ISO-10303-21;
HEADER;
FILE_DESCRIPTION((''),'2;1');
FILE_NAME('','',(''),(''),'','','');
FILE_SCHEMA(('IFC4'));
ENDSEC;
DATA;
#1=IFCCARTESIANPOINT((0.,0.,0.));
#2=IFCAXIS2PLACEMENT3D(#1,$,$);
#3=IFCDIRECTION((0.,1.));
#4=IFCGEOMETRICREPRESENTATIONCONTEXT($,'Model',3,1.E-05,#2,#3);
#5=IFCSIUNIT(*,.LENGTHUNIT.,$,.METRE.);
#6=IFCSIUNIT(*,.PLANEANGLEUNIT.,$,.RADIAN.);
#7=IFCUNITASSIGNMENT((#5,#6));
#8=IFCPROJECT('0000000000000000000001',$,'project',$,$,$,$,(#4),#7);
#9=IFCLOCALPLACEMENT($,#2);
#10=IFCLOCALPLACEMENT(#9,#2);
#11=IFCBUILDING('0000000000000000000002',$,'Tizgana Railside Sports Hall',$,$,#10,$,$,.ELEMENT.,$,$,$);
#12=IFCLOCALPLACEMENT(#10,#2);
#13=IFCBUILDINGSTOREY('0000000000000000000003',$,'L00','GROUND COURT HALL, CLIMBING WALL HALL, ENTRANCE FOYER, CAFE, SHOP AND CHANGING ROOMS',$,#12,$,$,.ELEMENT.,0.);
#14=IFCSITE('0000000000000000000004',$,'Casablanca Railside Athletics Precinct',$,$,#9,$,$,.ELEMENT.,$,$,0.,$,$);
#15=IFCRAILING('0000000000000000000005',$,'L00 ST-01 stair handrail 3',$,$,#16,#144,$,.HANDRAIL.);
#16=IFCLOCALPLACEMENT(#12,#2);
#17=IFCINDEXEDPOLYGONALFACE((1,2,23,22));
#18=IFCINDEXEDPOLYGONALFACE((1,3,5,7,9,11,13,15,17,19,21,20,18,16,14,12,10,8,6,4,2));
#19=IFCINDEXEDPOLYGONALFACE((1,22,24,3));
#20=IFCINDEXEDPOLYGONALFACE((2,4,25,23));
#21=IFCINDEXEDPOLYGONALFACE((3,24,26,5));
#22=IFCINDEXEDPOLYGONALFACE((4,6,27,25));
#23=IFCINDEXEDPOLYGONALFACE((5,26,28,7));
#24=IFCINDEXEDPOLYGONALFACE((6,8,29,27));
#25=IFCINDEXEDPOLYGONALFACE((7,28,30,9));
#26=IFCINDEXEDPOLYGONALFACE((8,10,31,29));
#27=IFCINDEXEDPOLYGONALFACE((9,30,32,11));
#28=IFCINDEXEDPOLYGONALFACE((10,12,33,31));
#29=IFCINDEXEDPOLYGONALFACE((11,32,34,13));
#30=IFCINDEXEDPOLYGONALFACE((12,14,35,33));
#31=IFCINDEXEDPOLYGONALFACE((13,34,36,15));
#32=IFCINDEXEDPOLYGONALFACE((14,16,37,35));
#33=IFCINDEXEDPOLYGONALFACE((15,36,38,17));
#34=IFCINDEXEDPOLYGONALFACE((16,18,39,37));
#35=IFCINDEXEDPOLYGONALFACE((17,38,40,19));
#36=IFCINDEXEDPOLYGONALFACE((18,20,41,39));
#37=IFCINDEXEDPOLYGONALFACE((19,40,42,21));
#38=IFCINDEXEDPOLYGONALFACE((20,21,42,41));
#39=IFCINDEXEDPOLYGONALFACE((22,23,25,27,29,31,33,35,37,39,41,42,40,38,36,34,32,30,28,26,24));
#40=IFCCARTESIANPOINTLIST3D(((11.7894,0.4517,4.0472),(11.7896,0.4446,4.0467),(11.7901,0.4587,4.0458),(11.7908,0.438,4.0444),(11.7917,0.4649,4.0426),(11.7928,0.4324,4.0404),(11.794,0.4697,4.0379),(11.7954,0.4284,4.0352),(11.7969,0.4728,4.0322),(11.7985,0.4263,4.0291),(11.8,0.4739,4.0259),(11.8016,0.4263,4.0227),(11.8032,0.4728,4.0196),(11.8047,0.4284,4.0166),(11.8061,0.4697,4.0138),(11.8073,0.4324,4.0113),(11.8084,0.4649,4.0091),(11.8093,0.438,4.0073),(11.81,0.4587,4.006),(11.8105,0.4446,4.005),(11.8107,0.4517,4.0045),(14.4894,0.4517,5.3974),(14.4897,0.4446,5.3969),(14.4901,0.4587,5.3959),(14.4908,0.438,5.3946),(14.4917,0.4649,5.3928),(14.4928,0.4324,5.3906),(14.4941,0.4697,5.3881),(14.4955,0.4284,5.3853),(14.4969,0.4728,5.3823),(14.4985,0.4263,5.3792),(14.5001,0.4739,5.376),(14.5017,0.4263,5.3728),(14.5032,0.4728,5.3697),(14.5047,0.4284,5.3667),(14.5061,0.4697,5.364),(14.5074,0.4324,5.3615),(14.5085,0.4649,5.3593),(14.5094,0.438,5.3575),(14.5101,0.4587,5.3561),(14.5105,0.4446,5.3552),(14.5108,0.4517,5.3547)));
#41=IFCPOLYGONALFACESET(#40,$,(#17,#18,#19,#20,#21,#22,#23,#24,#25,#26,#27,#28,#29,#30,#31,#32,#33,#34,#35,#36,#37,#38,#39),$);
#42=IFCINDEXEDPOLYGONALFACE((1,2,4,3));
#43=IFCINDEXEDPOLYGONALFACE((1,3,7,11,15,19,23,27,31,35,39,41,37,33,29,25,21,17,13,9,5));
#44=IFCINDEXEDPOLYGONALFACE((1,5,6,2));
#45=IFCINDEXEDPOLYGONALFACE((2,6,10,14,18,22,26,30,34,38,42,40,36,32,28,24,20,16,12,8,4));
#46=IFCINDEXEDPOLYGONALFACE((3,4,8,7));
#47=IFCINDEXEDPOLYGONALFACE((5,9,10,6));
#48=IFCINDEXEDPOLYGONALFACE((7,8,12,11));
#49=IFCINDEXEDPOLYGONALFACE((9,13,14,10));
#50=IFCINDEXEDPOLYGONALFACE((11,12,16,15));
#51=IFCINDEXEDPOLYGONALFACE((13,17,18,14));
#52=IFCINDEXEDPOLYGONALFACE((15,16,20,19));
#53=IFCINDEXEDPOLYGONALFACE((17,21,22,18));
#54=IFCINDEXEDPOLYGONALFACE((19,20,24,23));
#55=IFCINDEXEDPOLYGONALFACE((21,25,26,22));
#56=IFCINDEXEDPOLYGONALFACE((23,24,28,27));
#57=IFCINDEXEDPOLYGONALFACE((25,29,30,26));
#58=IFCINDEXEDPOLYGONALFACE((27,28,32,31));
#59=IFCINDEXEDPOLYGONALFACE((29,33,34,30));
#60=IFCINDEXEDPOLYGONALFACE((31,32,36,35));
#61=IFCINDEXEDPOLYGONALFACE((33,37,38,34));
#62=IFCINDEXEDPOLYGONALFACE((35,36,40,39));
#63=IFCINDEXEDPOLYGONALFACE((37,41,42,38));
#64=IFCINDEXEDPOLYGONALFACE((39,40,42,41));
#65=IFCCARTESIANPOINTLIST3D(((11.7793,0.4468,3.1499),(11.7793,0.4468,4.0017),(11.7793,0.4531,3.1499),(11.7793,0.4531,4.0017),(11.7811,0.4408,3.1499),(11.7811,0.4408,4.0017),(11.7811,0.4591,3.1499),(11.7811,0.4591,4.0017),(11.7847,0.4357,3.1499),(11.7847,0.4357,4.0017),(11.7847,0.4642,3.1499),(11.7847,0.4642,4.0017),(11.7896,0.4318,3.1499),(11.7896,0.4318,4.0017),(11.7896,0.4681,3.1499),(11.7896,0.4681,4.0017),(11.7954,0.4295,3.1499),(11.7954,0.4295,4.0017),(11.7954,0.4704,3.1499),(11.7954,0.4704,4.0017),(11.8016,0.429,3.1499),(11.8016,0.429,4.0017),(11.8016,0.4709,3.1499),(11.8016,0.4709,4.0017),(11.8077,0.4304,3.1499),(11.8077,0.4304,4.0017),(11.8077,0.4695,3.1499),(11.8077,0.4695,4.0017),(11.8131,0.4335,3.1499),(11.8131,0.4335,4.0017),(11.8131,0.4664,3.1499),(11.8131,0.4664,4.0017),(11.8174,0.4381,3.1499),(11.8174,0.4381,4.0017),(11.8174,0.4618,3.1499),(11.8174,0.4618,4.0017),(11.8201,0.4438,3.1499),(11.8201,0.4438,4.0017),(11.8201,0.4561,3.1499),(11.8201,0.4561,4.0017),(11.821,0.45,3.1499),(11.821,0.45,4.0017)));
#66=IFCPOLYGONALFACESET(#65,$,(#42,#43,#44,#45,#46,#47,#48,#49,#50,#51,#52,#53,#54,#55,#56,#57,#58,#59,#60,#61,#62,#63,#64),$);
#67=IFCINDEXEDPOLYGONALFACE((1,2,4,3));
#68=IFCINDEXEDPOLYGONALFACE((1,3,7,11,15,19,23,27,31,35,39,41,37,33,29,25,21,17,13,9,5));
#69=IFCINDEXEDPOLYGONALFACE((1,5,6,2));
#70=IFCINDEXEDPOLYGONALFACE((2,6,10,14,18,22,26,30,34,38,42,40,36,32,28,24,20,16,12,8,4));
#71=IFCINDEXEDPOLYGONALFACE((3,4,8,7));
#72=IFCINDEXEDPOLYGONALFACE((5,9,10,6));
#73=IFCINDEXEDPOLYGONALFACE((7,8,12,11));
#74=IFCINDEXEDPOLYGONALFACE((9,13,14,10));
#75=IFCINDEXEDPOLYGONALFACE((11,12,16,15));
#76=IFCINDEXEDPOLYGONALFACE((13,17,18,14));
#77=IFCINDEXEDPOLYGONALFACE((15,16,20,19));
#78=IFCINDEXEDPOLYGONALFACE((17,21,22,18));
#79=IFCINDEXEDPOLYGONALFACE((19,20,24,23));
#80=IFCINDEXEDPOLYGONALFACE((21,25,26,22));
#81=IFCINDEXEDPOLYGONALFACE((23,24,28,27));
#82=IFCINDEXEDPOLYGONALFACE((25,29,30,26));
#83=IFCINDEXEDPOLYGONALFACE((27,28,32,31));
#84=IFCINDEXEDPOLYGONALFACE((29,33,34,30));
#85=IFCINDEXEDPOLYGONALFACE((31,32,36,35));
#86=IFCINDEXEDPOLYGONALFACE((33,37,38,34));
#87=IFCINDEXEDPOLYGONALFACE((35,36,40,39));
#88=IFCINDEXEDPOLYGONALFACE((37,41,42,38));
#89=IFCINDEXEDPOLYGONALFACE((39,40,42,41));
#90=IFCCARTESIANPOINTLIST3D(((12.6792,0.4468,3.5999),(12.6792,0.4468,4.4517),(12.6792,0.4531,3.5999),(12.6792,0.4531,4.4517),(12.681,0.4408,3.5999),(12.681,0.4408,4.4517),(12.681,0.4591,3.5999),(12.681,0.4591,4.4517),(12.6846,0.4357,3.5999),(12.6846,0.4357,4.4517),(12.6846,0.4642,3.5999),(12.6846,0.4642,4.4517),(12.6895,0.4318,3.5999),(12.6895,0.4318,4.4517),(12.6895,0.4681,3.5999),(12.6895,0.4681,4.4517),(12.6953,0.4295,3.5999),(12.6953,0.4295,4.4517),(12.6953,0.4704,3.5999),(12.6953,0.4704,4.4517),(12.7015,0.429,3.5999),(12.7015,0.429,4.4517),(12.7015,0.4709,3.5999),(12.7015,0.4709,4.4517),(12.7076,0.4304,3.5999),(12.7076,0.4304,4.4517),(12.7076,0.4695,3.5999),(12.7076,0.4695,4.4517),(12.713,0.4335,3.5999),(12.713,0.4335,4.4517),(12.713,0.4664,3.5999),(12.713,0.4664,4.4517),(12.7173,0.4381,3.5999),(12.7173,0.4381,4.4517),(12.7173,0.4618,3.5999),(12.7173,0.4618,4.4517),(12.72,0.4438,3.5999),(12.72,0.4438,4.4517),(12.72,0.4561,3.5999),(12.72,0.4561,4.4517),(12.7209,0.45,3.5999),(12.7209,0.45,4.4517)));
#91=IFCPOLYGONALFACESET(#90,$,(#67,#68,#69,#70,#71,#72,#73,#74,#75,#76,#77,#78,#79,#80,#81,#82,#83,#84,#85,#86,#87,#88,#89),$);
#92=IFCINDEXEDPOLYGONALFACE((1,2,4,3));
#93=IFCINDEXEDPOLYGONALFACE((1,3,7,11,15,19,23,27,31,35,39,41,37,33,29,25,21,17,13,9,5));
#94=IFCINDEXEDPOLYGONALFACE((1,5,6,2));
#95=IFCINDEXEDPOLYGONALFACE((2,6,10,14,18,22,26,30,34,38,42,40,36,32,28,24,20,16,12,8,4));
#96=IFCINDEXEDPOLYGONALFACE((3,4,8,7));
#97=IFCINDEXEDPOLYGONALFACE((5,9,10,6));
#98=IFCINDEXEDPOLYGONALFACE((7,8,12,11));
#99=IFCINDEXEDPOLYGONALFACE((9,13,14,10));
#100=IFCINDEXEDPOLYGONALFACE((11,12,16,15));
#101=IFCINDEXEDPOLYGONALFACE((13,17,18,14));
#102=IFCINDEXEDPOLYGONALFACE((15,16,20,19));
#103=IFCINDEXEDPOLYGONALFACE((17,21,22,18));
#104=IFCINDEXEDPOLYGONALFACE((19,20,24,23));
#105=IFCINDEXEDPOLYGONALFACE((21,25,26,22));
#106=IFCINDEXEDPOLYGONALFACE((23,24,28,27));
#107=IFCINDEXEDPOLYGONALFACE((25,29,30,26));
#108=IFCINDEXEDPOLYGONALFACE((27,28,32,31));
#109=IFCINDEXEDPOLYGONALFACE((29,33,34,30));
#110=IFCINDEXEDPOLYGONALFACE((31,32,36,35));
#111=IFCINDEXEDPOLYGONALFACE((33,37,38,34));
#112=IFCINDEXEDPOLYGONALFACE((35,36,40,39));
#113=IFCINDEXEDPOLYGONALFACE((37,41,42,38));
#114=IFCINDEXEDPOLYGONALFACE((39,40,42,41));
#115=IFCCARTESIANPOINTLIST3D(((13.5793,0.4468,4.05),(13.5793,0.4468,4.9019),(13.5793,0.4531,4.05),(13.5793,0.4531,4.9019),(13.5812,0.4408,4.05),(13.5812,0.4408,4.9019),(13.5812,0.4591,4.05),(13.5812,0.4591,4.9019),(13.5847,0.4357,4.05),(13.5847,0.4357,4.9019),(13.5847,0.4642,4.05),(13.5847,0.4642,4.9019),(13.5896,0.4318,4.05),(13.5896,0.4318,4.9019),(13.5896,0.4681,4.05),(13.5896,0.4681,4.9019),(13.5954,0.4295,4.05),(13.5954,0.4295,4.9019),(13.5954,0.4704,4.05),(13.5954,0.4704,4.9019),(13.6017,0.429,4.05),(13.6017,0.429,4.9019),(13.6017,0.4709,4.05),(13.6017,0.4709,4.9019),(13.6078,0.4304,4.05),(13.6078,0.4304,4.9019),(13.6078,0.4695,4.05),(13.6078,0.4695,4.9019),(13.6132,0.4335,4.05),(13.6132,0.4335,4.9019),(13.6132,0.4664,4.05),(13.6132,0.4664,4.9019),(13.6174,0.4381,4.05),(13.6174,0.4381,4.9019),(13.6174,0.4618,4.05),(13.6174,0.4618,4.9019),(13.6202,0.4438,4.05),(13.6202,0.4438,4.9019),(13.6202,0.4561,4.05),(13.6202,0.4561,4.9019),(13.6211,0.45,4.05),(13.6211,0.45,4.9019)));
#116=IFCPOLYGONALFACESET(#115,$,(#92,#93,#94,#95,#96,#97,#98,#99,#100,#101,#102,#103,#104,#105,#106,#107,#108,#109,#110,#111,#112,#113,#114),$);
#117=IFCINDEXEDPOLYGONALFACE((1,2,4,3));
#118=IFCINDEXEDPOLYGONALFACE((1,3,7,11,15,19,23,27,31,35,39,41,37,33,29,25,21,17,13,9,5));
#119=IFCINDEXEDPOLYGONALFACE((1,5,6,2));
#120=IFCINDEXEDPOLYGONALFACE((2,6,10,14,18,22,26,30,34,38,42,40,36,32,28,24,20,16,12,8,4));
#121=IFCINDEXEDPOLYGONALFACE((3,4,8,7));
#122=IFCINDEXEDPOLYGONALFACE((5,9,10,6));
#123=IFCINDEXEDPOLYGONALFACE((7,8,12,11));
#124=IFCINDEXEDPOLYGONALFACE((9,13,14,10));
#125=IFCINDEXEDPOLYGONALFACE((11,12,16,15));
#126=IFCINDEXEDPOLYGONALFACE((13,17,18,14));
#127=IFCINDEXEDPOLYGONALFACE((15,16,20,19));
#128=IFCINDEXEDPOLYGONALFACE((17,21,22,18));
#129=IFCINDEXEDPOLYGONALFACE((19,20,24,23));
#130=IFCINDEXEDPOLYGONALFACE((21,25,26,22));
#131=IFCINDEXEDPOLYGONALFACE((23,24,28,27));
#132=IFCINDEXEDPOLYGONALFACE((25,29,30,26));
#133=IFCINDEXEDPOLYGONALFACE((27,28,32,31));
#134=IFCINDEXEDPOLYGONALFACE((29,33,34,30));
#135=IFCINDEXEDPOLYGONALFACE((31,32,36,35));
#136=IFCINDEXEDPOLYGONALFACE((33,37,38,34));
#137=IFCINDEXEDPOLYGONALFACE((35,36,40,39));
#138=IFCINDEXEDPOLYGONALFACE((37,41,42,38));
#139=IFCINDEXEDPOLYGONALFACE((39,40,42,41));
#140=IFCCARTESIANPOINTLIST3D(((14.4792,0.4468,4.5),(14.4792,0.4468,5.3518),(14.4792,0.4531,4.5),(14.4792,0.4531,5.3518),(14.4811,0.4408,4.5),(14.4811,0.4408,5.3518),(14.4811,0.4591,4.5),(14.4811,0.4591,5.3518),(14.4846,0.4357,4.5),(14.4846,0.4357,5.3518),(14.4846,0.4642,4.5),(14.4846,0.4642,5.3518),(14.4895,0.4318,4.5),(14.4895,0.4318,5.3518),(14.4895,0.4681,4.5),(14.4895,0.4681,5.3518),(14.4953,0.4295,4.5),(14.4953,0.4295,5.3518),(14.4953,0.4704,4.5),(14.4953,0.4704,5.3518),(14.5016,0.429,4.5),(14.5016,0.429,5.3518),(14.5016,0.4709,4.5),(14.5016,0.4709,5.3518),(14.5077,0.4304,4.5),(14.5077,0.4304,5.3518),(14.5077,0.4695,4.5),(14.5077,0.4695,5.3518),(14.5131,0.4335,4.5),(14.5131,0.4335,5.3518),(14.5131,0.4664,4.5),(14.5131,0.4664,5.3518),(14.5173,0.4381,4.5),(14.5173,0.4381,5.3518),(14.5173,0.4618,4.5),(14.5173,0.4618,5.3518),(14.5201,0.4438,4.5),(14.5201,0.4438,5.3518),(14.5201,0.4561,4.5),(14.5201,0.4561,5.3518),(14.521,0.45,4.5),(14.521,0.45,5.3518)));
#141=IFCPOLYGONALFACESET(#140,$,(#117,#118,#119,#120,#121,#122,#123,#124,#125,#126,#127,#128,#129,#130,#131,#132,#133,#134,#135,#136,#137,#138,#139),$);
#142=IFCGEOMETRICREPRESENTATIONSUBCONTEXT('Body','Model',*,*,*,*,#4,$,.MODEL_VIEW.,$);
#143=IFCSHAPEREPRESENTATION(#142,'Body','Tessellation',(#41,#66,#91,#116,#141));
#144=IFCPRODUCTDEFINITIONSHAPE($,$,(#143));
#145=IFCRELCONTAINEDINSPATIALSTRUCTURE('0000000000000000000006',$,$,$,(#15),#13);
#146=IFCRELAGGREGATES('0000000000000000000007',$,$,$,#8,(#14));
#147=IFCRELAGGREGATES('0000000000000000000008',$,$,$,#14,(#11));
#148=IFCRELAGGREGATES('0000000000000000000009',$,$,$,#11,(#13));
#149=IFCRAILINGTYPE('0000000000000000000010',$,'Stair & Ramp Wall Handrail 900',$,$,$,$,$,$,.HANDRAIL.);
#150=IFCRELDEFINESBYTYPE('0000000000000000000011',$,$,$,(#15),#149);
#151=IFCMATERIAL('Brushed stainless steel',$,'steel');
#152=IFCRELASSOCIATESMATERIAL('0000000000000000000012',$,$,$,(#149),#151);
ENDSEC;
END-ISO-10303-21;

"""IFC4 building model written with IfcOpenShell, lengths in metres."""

from ifc_helpers import new_model, si_unit, direction, frame, origin, origin_2d, place, context, subcontext, project, spatial, circle, extrude, material, type_object, element, save


model = new_model("IFC4")

# Units and contexts
model_context = context("Model", 3, precision=1e-05, world=origin(), true_north=direction((0.0, 1.0)))
body_context = subcontext(model_context, "Body", "Model", "MODEL_VIEW")
ifc_project = project(units=[si_unit("LENGTHUNIT", "METRE"), si_unit("PLANEANGLEUNIT", "RADIAN")], contexts=[model_context])

# Site, building, storey
site_placement = place(None, origin())
site = spatial("IfcSite", under=ifc_project, at=site_placement, Name="Casablanca Railside Athletics Precinct", CompositionType="ELEMENT", RefElevation=0.0)
building_placement = place(site_placement, origin())
building = spatial("IfcBuilding", under=site, at=building_placement, Name="Tizgana Railside Sports Hall", CompositionType="ELEMENT")
storey_placement = place(building_placement, origin())
storey = spatial("IfcBuildingStorey", under=building, at=storey_placement, Name="L00", Description="GROUND COURT HALL, CLIMBING WALL HALL, ENTRANCE FOYER, CAFE, SHOP AND CHANGING ROOMS", CompositionType="ELEMENT", Elevation=0.0)

# Railing
ifc_material_1 = material(Name="Brushed stainless steel", Category="steel")
railing_type_1 = type_object("IfcRailingType", Name="Stair & Ramp Wall Handrail 900", PredefinedType="HANDRAIL", material=ifc_material_1)
railing_1_placement = place(storey_placement, frame((11.8, 0.45, 3.1499)))
element("IfcRailing", 1, at=railing_1_placement, inside=storey, type_object=railing_type_1, Name="L00 ST-01 stair handrail 3", PredefinedType="HANDRAIL", context=body_context, shape_type="SweptSolid", body=[
    extrude(circle(Radius=0.0239, at=origin_2d()), frame((0.0, 0.0, 0.876), z_axis=(0.894411, 0.0, 0.447246), x_axis=(0.0, 1.0, 0.0)), (0.0, 0.0, 1.0), 3.0188),
    extrude(circle(Radius=0.021, at=origin_2d()), origin(), (0.0, 0.0, 1.0), 0.8518),
    extrude(circle(Radius=0.021, at=origin_2d()), frame((0.8999, 0.0, 0.45)), (0.0, 0.0, 1.0), 0.8518),
    extrude(circle(Radius=0.021, at=origin_2d()), frame((1.8, 0.0, 0.9001)), (0.0, 0.0, 1.0), 0.8518),
    extrude(circle(Radius=0.021, at=origin_2d()), frame((2.7, 0.0, 1.3501)), (0.0, 0.0, 1.0), 0.8518),
])

save(model, "model.ifc")
